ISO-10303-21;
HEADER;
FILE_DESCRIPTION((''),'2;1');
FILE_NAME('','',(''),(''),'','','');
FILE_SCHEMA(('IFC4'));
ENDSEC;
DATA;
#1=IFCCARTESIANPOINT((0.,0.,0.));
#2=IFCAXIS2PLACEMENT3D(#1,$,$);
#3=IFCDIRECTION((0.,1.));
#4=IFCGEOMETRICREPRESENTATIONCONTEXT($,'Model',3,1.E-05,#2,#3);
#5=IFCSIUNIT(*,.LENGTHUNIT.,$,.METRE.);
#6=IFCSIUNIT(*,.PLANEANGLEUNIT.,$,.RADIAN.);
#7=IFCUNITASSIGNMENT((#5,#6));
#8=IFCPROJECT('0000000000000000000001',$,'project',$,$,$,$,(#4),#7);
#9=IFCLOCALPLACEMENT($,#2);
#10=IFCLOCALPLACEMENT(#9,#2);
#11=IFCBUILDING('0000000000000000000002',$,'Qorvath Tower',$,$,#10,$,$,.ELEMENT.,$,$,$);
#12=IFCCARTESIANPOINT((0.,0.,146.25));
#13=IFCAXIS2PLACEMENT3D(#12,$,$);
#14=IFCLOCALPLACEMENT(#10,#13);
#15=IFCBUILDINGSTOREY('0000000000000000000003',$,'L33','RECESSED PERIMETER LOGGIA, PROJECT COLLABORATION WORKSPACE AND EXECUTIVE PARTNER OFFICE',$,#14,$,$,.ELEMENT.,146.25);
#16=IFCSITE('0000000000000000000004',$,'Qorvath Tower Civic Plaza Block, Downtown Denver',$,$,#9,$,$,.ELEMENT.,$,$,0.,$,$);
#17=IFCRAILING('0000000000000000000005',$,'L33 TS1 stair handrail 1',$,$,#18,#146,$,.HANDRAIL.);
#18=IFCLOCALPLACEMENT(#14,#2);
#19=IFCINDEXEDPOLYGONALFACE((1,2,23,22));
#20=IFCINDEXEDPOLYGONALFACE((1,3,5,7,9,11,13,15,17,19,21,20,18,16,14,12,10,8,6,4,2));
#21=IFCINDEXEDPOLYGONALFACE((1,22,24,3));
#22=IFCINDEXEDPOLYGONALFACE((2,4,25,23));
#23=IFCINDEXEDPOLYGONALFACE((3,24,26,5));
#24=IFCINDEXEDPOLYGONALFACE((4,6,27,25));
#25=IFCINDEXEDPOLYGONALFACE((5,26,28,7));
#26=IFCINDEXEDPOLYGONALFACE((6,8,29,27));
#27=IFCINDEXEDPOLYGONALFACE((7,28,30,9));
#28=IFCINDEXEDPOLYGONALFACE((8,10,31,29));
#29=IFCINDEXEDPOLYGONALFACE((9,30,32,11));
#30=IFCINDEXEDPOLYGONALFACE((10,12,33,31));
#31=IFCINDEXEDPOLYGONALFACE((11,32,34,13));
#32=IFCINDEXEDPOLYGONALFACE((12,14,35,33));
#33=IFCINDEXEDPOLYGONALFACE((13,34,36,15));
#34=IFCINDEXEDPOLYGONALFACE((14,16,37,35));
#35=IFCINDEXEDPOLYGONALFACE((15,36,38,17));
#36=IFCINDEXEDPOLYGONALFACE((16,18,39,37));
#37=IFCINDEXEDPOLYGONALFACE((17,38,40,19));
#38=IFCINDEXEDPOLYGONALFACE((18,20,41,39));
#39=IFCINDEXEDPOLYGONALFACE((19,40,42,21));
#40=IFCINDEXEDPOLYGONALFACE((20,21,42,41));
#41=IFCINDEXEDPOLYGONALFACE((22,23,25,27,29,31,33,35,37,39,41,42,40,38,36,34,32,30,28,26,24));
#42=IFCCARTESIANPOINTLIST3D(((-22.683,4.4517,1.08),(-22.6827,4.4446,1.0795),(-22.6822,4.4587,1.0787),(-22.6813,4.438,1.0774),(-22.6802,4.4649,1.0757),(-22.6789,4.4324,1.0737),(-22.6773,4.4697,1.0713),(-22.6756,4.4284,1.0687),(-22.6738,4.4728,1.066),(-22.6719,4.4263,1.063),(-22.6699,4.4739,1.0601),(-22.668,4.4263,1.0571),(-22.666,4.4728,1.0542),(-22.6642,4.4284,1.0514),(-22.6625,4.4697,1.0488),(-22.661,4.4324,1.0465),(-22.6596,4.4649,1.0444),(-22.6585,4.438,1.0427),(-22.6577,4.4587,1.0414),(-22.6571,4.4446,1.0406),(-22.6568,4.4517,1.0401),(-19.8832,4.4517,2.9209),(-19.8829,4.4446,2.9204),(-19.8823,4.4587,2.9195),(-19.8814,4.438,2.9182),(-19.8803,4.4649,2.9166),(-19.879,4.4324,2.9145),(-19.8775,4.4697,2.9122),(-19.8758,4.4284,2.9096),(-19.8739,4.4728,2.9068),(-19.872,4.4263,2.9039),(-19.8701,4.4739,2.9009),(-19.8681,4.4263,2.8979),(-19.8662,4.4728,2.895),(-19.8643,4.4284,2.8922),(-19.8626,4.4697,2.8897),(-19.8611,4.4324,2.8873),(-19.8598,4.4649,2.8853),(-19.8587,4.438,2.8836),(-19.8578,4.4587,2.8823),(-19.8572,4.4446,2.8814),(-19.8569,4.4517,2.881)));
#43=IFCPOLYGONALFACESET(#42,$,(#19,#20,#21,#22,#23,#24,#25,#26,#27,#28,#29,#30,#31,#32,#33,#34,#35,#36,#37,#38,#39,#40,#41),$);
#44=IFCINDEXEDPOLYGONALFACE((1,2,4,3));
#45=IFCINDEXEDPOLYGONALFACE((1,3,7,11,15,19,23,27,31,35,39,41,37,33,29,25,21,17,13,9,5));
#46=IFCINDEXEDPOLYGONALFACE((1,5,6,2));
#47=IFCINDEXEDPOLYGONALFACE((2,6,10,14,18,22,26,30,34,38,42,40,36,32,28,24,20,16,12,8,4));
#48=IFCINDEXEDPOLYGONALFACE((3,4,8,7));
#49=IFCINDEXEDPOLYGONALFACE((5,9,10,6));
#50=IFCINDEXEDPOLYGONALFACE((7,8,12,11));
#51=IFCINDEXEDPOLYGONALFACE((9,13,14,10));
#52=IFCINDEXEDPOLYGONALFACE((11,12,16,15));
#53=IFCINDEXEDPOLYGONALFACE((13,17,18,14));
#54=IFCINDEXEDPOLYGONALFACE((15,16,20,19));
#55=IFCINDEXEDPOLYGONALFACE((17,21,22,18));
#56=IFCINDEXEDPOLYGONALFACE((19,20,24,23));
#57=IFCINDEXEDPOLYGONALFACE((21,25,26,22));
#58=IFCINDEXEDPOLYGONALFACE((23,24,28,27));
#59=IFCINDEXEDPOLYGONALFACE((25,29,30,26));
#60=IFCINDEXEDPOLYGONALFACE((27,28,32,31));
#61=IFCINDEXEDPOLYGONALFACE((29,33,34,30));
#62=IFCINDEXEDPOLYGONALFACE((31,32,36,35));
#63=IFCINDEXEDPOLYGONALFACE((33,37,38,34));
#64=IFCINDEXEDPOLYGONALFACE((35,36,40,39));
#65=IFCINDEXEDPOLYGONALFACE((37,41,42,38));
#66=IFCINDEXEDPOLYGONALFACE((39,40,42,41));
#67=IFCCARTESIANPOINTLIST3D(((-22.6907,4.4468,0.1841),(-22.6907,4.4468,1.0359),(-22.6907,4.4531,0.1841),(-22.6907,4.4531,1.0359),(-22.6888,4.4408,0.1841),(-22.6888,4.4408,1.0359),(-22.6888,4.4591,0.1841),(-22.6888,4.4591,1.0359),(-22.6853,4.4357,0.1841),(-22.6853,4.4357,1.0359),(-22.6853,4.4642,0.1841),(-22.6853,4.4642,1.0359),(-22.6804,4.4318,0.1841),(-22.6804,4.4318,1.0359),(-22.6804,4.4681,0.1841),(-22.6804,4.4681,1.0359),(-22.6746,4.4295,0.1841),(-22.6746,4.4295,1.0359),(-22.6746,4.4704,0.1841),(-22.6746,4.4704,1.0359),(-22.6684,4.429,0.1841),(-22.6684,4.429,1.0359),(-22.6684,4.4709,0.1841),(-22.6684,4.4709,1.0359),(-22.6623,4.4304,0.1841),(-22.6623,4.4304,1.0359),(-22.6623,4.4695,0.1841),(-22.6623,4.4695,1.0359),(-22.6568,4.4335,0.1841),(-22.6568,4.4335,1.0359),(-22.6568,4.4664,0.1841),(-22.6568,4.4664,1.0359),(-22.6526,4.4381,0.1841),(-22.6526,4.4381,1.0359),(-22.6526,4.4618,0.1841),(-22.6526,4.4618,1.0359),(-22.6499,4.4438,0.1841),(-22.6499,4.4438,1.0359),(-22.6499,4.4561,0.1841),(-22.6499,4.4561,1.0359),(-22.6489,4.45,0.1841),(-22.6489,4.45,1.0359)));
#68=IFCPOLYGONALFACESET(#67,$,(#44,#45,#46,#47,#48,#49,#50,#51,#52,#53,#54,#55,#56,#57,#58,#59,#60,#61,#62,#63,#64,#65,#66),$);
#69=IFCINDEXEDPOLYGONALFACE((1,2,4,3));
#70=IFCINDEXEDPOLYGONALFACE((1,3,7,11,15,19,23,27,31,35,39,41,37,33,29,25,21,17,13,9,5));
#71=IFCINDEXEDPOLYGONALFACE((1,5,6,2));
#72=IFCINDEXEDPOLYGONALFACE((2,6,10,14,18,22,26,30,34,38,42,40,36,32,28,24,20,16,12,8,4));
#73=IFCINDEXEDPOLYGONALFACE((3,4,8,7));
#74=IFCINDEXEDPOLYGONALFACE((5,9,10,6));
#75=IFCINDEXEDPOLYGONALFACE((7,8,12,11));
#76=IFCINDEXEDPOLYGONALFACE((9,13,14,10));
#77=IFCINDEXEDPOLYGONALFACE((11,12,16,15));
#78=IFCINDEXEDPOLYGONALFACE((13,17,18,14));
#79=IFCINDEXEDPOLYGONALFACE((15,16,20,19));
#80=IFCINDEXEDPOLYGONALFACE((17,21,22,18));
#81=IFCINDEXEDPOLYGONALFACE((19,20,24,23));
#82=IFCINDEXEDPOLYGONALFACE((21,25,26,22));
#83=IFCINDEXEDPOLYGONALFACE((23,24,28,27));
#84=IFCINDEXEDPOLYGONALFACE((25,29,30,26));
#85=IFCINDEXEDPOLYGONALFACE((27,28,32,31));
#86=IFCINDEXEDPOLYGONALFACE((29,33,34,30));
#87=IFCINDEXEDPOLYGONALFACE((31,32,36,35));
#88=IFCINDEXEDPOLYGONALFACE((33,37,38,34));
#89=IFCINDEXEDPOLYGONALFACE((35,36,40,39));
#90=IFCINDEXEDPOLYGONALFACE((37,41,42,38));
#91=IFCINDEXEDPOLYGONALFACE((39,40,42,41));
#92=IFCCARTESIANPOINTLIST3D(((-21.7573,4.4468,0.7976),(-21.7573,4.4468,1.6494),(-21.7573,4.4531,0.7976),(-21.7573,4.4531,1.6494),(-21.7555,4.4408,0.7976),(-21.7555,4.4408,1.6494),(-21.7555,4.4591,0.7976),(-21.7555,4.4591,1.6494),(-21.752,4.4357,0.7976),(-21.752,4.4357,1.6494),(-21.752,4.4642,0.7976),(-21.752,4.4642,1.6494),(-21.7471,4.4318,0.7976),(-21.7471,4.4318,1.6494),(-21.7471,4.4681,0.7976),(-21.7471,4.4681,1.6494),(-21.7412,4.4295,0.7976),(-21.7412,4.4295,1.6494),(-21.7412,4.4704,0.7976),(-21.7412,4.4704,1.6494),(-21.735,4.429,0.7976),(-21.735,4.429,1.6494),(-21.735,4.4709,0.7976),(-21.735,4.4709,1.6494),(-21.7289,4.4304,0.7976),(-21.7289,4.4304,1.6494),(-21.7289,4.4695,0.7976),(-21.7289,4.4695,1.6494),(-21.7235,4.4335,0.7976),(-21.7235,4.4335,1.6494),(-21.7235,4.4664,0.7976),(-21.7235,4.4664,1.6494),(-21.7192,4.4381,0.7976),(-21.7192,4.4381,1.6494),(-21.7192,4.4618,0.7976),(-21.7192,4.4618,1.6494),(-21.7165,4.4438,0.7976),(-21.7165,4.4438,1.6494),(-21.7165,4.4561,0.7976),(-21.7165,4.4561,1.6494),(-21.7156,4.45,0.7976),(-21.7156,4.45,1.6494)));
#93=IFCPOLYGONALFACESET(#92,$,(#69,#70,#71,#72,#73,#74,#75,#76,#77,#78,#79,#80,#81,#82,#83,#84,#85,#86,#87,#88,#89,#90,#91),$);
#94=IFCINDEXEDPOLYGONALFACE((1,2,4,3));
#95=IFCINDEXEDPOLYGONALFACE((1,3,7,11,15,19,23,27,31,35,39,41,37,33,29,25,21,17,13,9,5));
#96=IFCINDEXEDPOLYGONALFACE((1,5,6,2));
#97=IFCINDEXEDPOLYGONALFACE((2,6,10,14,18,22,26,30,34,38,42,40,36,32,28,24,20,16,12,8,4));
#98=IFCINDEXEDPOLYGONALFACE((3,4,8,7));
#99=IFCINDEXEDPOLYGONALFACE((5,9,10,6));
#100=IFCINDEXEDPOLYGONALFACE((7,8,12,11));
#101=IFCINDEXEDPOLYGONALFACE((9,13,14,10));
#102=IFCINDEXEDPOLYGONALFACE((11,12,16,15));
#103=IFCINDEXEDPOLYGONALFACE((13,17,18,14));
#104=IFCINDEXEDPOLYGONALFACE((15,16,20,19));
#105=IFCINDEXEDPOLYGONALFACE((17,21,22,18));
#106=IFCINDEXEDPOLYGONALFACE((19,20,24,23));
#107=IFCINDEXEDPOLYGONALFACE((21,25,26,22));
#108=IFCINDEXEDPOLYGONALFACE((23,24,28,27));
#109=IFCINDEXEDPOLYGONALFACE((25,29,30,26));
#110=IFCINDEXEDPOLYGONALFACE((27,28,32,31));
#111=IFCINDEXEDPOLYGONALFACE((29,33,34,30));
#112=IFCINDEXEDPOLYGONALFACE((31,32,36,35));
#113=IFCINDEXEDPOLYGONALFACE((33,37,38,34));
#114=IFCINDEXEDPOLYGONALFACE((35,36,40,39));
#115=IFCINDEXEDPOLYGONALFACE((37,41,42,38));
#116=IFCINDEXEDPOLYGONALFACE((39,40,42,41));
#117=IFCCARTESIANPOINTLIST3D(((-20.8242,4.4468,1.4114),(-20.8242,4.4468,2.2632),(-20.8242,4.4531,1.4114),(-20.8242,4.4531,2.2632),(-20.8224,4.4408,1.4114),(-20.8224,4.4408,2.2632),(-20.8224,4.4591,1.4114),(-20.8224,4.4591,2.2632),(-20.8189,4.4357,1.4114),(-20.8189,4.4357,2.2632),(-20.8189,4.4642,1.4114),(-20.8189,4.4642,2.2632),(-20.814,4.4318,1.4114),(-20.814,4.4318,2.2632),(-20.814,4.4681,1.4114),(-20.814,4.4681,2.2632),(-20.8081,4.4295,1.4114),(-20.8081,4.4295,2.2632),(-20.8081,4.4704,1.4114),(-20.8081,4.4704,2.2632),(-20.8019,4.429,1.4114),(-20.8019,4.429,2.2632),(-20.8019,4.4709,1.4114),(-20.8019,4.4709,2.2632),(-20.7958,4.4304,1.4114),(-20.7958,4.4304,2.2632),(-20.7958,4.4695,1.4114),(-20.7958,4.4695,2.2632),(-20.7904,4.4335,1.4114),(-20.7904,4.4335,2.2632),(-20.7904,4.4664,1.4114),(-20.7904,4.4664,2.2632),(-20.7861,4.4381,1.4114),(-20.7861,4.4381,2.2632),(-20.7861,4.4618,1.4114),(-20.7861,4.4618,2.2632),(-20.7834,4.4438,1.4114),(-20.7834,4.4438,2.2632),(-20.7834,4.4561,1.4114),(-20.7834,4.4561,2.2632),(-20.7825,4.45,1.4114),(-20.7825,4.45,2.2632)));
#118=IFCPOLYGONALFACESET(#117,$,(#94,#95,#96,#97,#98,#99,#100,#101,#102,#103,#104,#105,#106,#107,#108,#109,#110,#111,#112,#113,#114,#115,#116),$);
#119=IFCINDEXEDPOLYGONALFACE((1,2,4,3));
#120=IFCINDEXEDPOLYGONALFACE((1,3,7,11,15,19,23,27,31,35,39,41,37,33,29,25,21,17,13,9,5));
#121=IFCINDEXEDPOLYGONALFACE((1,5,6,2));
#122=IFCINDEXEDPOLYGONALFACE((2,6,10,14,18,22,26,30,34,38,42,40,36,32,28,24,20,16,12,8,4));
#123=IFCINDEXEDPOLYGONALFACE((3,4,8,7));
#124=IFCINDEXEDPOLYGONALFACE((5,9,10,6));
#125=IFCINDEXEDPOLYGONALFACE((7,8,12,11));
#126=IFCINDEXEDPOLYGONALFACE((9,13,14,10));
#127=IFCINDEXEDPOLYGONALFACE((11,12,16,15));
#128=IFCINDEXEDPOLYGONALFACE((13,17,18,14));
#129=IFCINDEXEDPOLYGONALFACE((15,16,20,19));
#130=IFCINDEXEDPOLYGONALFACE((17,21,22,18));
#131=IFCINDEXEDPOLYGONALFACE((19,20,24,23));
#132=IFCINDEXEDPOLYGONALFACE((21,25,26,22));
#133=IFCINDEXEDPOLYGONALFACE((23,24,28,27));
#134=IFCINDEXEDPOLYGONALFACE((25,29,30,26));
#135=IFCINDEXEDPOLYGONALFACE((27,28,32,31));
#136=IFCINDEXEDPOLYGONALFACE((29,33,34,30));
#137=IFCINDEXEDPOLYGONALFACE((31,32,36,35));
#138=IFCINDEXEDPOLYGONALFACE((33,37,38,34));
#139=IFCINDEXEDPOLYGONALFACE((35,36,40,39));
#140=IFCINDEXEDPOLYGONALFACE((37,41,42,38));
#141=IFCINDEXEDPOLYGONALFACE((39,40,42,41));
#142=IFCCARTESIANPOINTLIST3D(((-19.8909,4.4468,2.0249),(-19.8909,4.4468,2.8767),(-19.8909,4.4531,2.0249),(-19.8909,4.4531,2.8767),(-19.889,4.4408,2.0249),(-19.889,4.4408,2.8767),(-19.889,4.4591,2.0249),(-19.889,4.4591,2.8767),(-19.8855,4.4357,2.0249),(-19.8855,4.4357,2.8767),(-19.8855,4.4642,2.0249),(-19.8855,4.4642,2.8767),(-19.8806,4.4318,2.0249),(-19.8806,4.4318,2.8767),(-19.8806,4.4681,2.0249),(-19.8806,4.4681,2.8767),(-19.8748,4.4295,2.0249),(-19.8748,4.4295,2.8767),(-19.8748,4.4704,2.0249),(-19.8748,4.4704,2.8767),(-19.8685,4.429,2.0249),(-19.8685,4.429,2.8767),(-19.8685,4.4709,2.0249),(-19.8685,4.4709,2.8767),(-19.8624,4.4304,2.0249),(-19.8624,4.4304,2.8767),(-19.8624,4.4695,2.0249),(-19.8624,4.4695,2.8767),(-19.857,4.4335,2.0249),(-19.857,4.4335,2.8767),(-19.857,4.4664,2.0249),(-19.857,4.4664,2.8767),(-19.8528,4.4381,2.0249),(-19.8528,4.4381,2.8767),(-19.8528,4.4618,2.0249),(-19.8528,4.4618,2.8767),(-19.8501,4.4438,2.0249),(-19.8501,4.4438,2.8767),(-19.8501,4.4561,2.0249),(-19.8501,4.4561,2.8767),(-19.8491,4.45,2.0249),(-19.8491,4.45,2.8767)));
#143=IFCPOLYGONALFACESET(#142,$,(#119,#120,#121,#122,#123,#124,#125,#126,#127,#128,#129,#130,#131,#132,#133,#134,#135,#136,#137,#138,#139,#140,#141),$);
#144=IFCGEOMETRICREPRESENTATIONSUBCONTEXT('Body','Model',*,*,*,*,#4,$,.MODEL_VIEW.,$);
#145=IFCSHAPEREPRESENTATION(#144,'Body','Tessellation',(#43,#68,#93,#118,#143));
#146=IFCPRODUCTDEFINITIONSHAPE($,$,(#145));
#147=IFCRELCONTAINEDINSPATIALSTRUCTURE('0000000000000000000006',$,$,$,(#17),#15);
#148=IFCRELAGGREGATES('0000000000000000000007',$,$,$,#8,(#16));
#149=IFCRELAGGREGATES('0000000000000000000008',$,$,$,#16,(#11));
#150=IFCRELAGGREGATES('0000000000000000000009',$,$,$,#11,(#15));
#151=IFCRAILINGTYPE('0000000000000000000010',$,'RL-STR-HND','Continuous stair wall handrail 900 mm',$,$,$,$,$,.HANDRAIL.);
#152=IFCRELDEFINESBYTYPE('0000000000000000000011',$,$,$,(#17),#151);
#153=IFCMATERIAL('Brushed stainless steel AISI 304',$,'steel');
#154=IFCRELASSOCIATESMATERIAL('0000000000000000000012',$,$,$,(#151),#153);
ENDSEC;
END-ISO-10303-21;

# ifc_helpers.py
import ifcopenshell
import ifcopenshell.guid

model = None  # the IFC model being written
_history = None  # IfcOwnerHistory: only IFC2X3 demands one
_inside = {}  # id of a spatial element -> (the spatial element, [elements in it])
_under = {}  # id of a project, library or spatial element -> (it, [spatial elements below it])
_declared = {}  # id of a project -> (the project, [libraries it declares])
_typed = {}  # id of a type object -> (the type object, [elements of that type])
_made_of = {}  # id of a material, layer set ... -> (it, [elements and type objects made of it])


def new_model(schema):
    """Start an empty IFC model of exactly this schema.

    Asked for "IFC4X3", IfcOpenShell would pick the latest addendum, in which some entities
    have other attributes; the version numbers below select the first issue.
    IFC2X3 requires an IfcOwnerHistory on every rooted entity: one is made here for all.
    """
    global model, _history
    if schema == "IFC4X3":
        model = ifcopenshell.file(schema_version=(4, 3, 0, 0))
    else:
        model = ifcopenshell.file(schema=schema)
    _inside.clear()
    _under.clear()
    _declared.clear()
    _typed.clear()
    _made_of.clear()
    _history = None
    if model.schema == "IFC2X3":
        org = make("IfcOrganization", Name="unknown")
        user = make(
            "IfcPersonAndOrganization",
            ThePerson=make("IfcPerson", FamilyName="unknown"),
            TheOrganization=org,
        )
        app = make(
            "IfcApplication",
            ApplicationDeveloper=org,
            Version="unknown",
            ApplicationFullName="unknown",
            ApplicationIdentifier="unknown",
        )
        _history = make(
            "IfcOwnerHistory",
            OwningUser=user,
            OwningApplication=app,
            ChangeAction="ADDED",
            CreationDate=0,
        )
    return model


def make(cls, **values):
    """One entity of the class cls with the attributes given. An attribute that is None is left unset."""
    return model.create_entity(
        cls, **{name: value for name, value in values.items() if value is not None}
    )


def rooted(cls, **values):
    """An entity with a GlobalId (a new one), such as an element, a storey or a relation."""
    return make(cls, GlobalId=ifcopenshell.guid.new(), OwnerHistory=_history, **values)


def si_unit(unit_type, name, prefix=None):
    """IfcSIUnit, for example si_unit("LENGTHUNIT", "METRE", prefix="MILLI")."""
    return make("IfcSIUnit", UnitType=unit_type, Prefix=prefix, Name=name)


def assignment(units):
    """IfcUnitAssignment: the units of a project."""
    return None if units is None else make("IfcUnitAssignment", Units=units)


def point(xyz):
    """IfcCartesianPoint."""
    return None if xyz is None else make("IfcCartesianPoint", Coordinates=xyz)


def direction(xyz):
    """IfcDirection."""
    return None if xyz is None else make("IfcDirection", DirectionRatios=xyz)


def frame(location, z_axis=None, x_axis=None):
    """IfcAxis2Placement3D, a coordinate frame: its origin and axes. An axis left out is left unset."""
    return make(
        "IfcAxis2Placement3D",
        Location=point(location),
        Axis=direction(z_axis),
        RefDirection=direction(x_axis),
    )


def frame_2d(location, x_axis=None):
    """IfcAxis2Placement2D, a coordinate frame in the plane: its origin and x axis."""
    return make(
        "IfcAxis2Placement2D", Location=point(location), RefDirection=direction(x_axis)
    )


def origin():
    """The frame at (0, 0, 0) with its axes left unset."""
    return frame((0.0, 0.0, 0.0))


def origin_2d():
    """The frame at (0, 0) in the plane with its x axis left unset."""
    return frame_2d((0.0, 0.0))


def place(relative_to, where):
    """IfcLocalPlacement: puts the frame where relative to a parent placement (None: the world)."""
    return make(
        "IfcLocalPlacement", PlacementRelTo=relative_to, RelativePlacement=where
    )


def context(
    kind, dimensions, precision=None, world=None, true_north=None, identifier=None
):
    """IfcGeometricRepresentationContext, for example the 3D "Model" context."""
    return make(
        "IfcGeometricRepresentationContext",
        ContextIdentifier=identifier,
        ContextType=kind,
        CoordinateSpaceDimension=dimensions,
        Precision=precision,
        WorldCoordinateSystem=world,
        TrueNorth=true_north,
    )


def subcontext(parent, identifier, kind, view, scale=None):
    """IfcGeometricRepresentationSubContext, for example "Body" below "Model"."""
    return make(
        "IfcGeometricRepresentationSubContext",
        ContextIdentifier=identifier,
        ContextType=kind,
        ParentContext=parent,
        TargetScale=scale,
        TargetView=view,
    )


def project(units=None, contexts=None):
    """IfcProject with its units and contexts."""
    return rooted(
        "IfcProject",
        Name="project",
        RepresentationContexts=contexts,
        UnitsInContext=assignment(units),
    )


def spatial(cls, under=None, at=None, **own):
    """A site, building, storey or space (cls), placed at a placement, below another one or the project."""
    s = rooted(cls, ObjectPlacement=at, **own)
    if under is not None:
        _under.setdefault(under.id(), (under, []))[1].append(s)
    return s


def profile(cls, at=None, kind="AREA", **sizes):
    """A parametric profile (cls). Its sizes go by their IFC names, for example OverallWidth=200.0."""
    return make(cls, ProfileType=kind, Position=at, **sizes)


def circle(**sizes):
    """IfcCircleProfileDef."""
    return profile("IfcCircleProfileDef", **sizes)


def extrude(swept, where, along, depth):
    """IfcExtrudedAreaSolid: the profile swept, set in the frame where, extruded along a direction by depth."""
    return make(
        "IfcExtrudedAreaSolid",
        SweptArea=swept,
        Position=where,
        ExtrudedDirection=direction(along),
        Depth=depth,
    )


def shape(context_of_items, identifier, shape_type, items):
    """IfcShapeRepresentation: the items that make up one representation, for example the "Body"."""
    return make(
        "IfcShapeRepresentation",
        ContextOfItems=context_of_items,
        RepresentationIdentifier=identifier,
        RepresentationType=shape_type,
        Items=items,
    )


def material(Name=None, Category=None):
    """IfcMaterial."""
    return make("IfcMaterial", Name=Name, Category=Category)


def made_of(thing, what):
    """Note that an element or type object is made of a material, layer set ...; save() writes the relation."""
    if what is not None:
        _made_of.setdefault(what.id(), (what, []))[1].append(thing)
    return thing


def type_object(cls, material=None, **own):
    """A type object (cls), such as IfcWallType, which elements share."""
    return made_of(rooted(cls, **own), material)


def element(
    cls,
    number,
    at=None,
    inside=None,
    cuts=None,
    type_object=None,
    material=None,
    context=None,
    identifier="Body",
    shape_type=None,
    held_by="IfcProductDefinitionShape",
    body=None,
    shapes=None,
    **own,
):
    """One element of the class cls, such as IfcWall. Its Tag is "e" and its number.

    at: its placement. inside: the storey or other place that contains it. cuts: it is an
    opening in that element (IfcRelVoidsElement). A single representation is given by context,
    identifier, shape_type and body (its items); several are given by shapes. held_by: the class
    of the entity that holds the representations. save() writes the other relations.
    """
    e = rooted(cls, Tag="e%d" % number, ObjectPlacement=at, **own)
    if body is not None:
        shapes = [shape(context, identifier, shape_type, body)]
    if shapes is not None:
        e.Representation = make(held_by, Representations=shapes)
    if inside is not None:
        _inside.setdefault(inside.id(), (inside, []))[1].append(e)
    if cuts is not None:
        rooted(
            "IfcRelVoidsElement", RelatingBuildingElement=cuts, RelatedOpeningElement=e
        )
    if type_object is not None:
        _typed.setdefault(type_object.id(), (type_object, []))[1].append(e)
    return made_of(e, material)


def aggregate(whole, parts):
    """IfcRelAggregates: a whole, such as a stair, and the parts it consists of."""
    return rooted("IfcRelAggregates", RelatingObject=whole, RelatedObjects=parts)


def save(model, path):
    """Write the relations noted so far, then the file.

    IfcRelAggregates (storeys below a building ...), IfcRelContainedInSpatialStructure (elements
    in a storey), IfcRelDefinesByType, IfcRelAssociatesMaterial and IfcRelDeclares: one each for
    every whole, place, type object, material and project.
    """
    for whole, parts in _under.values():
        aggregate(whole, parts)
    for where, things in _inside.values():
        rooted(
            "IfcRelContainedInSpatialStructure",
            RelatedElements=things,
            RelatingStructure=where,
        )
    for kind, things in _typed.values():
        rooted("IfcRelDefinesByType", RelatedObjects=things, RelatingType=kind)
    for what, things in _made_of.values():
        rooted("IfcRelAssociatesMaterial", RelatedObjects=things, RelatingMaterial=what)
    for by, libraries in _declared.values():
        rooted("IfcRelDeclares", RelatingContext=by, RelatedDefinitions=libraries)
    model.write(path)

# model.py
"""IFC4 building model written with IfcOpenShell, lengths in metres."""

from ifc_helpers import new_model, si_unit, direction, frame, origin, origin_2d, place, context, subcontext, project, spatial, circle, extrude, material, type_object, element, save


model = new_model("IFC4")

# Units and contexts
model_context = context("Model", 3, precision=1e-05, world=origin(), true_north=direction((0.0, 1.0)))
body_context = subcontext(model_context, "Body", "Model", "MODEL_VIEW")
ifc_project = project(units=[si_unit("LENGTHUNIT", "METRE"), si_unit("PLANEANGLEUNIT", "RADIAN")], contexts=[model_context])

# Site, building, storey
site_placement = place(None, origin())
site = spatial("IfcSite", under=ifc_project, at=site_placement, Name="Qorvath Tower Civic Plaza Block, Downtown Denver", CompositionType="ELEMENT", RefElevation=0.0)
building_placement = place(site_placement, origin())
building = spatial("IfcBuilding", under=site, at=building_placement, Name="Qorvath Tower", CompositionType="ELEMENT")
storey_placement = place(building_placement, frame((0.0, 0.0, 146.25)))
storey = spatial("IfcBuildingStorey", under=building, at=storey_placement, Name="L33", Description="RECESSED PERIMETER LOGGIA, PROJECT COLLABORATION WORKSPACE AND EXECUTIVE PARTNER OFFICE", CompositionType="ELEMENT", Elevation=146.25)

# Railing
ifc_material_1 = material(Name="Brushed stainless steel AISI 304", Category="steel")
railing_type_1 = type_object("IfcRailingType", Name="RL-STR-HND", Description="Continuous stair wall handrail 900 mm", PredefinedType="HANDRAIL", material=ifc_material_1)
railing_1_placement = place(storey_placement, frame((-22.6699, 4.45, 0.1841)))
element("IfcRailing", 1, at=railing_1_placement, inside=storey, type_object=railing_type_1, Name="L33 TS1 stair handrail 1", PredefinedType="HANDRAIL", context=body_context, shape_type="SweptSolid", body=[
    extrude(circle(Radius=0.0239, at=origin_2d()), frame((0.0, 0.0, 0.876), z_axis=(0.835576, 0.0, 0.549376), x_axis=(0.0, 1.0, 0.0)), (0.0, 0.0, 1.0), 3.3508),
    extrude(circle(Radius=0.021, at=origin_2d()), origin(), (0.0, 0.0, 1.0), 0.8518),
    extrude(circle(Radius=0.021, at=origin_2d()), frame((0.9333, 0.0, 0.6135)), (0.0, 0.0, 1.0), 0.8518),
    extrude(circle(Radius=0.021, at=origin_2d()), frame((1.8665, 0.0, 1.2273)), (0.0, 0.0, 1.0), 0.8518),
    extrude(circle(Radius=0.021, at=origin_2d()), frame((2.7998, 0.0, 1.8408)), (0.0, 0.0, 1.0), 0.8518),
])

save(model, "model.ifc")
